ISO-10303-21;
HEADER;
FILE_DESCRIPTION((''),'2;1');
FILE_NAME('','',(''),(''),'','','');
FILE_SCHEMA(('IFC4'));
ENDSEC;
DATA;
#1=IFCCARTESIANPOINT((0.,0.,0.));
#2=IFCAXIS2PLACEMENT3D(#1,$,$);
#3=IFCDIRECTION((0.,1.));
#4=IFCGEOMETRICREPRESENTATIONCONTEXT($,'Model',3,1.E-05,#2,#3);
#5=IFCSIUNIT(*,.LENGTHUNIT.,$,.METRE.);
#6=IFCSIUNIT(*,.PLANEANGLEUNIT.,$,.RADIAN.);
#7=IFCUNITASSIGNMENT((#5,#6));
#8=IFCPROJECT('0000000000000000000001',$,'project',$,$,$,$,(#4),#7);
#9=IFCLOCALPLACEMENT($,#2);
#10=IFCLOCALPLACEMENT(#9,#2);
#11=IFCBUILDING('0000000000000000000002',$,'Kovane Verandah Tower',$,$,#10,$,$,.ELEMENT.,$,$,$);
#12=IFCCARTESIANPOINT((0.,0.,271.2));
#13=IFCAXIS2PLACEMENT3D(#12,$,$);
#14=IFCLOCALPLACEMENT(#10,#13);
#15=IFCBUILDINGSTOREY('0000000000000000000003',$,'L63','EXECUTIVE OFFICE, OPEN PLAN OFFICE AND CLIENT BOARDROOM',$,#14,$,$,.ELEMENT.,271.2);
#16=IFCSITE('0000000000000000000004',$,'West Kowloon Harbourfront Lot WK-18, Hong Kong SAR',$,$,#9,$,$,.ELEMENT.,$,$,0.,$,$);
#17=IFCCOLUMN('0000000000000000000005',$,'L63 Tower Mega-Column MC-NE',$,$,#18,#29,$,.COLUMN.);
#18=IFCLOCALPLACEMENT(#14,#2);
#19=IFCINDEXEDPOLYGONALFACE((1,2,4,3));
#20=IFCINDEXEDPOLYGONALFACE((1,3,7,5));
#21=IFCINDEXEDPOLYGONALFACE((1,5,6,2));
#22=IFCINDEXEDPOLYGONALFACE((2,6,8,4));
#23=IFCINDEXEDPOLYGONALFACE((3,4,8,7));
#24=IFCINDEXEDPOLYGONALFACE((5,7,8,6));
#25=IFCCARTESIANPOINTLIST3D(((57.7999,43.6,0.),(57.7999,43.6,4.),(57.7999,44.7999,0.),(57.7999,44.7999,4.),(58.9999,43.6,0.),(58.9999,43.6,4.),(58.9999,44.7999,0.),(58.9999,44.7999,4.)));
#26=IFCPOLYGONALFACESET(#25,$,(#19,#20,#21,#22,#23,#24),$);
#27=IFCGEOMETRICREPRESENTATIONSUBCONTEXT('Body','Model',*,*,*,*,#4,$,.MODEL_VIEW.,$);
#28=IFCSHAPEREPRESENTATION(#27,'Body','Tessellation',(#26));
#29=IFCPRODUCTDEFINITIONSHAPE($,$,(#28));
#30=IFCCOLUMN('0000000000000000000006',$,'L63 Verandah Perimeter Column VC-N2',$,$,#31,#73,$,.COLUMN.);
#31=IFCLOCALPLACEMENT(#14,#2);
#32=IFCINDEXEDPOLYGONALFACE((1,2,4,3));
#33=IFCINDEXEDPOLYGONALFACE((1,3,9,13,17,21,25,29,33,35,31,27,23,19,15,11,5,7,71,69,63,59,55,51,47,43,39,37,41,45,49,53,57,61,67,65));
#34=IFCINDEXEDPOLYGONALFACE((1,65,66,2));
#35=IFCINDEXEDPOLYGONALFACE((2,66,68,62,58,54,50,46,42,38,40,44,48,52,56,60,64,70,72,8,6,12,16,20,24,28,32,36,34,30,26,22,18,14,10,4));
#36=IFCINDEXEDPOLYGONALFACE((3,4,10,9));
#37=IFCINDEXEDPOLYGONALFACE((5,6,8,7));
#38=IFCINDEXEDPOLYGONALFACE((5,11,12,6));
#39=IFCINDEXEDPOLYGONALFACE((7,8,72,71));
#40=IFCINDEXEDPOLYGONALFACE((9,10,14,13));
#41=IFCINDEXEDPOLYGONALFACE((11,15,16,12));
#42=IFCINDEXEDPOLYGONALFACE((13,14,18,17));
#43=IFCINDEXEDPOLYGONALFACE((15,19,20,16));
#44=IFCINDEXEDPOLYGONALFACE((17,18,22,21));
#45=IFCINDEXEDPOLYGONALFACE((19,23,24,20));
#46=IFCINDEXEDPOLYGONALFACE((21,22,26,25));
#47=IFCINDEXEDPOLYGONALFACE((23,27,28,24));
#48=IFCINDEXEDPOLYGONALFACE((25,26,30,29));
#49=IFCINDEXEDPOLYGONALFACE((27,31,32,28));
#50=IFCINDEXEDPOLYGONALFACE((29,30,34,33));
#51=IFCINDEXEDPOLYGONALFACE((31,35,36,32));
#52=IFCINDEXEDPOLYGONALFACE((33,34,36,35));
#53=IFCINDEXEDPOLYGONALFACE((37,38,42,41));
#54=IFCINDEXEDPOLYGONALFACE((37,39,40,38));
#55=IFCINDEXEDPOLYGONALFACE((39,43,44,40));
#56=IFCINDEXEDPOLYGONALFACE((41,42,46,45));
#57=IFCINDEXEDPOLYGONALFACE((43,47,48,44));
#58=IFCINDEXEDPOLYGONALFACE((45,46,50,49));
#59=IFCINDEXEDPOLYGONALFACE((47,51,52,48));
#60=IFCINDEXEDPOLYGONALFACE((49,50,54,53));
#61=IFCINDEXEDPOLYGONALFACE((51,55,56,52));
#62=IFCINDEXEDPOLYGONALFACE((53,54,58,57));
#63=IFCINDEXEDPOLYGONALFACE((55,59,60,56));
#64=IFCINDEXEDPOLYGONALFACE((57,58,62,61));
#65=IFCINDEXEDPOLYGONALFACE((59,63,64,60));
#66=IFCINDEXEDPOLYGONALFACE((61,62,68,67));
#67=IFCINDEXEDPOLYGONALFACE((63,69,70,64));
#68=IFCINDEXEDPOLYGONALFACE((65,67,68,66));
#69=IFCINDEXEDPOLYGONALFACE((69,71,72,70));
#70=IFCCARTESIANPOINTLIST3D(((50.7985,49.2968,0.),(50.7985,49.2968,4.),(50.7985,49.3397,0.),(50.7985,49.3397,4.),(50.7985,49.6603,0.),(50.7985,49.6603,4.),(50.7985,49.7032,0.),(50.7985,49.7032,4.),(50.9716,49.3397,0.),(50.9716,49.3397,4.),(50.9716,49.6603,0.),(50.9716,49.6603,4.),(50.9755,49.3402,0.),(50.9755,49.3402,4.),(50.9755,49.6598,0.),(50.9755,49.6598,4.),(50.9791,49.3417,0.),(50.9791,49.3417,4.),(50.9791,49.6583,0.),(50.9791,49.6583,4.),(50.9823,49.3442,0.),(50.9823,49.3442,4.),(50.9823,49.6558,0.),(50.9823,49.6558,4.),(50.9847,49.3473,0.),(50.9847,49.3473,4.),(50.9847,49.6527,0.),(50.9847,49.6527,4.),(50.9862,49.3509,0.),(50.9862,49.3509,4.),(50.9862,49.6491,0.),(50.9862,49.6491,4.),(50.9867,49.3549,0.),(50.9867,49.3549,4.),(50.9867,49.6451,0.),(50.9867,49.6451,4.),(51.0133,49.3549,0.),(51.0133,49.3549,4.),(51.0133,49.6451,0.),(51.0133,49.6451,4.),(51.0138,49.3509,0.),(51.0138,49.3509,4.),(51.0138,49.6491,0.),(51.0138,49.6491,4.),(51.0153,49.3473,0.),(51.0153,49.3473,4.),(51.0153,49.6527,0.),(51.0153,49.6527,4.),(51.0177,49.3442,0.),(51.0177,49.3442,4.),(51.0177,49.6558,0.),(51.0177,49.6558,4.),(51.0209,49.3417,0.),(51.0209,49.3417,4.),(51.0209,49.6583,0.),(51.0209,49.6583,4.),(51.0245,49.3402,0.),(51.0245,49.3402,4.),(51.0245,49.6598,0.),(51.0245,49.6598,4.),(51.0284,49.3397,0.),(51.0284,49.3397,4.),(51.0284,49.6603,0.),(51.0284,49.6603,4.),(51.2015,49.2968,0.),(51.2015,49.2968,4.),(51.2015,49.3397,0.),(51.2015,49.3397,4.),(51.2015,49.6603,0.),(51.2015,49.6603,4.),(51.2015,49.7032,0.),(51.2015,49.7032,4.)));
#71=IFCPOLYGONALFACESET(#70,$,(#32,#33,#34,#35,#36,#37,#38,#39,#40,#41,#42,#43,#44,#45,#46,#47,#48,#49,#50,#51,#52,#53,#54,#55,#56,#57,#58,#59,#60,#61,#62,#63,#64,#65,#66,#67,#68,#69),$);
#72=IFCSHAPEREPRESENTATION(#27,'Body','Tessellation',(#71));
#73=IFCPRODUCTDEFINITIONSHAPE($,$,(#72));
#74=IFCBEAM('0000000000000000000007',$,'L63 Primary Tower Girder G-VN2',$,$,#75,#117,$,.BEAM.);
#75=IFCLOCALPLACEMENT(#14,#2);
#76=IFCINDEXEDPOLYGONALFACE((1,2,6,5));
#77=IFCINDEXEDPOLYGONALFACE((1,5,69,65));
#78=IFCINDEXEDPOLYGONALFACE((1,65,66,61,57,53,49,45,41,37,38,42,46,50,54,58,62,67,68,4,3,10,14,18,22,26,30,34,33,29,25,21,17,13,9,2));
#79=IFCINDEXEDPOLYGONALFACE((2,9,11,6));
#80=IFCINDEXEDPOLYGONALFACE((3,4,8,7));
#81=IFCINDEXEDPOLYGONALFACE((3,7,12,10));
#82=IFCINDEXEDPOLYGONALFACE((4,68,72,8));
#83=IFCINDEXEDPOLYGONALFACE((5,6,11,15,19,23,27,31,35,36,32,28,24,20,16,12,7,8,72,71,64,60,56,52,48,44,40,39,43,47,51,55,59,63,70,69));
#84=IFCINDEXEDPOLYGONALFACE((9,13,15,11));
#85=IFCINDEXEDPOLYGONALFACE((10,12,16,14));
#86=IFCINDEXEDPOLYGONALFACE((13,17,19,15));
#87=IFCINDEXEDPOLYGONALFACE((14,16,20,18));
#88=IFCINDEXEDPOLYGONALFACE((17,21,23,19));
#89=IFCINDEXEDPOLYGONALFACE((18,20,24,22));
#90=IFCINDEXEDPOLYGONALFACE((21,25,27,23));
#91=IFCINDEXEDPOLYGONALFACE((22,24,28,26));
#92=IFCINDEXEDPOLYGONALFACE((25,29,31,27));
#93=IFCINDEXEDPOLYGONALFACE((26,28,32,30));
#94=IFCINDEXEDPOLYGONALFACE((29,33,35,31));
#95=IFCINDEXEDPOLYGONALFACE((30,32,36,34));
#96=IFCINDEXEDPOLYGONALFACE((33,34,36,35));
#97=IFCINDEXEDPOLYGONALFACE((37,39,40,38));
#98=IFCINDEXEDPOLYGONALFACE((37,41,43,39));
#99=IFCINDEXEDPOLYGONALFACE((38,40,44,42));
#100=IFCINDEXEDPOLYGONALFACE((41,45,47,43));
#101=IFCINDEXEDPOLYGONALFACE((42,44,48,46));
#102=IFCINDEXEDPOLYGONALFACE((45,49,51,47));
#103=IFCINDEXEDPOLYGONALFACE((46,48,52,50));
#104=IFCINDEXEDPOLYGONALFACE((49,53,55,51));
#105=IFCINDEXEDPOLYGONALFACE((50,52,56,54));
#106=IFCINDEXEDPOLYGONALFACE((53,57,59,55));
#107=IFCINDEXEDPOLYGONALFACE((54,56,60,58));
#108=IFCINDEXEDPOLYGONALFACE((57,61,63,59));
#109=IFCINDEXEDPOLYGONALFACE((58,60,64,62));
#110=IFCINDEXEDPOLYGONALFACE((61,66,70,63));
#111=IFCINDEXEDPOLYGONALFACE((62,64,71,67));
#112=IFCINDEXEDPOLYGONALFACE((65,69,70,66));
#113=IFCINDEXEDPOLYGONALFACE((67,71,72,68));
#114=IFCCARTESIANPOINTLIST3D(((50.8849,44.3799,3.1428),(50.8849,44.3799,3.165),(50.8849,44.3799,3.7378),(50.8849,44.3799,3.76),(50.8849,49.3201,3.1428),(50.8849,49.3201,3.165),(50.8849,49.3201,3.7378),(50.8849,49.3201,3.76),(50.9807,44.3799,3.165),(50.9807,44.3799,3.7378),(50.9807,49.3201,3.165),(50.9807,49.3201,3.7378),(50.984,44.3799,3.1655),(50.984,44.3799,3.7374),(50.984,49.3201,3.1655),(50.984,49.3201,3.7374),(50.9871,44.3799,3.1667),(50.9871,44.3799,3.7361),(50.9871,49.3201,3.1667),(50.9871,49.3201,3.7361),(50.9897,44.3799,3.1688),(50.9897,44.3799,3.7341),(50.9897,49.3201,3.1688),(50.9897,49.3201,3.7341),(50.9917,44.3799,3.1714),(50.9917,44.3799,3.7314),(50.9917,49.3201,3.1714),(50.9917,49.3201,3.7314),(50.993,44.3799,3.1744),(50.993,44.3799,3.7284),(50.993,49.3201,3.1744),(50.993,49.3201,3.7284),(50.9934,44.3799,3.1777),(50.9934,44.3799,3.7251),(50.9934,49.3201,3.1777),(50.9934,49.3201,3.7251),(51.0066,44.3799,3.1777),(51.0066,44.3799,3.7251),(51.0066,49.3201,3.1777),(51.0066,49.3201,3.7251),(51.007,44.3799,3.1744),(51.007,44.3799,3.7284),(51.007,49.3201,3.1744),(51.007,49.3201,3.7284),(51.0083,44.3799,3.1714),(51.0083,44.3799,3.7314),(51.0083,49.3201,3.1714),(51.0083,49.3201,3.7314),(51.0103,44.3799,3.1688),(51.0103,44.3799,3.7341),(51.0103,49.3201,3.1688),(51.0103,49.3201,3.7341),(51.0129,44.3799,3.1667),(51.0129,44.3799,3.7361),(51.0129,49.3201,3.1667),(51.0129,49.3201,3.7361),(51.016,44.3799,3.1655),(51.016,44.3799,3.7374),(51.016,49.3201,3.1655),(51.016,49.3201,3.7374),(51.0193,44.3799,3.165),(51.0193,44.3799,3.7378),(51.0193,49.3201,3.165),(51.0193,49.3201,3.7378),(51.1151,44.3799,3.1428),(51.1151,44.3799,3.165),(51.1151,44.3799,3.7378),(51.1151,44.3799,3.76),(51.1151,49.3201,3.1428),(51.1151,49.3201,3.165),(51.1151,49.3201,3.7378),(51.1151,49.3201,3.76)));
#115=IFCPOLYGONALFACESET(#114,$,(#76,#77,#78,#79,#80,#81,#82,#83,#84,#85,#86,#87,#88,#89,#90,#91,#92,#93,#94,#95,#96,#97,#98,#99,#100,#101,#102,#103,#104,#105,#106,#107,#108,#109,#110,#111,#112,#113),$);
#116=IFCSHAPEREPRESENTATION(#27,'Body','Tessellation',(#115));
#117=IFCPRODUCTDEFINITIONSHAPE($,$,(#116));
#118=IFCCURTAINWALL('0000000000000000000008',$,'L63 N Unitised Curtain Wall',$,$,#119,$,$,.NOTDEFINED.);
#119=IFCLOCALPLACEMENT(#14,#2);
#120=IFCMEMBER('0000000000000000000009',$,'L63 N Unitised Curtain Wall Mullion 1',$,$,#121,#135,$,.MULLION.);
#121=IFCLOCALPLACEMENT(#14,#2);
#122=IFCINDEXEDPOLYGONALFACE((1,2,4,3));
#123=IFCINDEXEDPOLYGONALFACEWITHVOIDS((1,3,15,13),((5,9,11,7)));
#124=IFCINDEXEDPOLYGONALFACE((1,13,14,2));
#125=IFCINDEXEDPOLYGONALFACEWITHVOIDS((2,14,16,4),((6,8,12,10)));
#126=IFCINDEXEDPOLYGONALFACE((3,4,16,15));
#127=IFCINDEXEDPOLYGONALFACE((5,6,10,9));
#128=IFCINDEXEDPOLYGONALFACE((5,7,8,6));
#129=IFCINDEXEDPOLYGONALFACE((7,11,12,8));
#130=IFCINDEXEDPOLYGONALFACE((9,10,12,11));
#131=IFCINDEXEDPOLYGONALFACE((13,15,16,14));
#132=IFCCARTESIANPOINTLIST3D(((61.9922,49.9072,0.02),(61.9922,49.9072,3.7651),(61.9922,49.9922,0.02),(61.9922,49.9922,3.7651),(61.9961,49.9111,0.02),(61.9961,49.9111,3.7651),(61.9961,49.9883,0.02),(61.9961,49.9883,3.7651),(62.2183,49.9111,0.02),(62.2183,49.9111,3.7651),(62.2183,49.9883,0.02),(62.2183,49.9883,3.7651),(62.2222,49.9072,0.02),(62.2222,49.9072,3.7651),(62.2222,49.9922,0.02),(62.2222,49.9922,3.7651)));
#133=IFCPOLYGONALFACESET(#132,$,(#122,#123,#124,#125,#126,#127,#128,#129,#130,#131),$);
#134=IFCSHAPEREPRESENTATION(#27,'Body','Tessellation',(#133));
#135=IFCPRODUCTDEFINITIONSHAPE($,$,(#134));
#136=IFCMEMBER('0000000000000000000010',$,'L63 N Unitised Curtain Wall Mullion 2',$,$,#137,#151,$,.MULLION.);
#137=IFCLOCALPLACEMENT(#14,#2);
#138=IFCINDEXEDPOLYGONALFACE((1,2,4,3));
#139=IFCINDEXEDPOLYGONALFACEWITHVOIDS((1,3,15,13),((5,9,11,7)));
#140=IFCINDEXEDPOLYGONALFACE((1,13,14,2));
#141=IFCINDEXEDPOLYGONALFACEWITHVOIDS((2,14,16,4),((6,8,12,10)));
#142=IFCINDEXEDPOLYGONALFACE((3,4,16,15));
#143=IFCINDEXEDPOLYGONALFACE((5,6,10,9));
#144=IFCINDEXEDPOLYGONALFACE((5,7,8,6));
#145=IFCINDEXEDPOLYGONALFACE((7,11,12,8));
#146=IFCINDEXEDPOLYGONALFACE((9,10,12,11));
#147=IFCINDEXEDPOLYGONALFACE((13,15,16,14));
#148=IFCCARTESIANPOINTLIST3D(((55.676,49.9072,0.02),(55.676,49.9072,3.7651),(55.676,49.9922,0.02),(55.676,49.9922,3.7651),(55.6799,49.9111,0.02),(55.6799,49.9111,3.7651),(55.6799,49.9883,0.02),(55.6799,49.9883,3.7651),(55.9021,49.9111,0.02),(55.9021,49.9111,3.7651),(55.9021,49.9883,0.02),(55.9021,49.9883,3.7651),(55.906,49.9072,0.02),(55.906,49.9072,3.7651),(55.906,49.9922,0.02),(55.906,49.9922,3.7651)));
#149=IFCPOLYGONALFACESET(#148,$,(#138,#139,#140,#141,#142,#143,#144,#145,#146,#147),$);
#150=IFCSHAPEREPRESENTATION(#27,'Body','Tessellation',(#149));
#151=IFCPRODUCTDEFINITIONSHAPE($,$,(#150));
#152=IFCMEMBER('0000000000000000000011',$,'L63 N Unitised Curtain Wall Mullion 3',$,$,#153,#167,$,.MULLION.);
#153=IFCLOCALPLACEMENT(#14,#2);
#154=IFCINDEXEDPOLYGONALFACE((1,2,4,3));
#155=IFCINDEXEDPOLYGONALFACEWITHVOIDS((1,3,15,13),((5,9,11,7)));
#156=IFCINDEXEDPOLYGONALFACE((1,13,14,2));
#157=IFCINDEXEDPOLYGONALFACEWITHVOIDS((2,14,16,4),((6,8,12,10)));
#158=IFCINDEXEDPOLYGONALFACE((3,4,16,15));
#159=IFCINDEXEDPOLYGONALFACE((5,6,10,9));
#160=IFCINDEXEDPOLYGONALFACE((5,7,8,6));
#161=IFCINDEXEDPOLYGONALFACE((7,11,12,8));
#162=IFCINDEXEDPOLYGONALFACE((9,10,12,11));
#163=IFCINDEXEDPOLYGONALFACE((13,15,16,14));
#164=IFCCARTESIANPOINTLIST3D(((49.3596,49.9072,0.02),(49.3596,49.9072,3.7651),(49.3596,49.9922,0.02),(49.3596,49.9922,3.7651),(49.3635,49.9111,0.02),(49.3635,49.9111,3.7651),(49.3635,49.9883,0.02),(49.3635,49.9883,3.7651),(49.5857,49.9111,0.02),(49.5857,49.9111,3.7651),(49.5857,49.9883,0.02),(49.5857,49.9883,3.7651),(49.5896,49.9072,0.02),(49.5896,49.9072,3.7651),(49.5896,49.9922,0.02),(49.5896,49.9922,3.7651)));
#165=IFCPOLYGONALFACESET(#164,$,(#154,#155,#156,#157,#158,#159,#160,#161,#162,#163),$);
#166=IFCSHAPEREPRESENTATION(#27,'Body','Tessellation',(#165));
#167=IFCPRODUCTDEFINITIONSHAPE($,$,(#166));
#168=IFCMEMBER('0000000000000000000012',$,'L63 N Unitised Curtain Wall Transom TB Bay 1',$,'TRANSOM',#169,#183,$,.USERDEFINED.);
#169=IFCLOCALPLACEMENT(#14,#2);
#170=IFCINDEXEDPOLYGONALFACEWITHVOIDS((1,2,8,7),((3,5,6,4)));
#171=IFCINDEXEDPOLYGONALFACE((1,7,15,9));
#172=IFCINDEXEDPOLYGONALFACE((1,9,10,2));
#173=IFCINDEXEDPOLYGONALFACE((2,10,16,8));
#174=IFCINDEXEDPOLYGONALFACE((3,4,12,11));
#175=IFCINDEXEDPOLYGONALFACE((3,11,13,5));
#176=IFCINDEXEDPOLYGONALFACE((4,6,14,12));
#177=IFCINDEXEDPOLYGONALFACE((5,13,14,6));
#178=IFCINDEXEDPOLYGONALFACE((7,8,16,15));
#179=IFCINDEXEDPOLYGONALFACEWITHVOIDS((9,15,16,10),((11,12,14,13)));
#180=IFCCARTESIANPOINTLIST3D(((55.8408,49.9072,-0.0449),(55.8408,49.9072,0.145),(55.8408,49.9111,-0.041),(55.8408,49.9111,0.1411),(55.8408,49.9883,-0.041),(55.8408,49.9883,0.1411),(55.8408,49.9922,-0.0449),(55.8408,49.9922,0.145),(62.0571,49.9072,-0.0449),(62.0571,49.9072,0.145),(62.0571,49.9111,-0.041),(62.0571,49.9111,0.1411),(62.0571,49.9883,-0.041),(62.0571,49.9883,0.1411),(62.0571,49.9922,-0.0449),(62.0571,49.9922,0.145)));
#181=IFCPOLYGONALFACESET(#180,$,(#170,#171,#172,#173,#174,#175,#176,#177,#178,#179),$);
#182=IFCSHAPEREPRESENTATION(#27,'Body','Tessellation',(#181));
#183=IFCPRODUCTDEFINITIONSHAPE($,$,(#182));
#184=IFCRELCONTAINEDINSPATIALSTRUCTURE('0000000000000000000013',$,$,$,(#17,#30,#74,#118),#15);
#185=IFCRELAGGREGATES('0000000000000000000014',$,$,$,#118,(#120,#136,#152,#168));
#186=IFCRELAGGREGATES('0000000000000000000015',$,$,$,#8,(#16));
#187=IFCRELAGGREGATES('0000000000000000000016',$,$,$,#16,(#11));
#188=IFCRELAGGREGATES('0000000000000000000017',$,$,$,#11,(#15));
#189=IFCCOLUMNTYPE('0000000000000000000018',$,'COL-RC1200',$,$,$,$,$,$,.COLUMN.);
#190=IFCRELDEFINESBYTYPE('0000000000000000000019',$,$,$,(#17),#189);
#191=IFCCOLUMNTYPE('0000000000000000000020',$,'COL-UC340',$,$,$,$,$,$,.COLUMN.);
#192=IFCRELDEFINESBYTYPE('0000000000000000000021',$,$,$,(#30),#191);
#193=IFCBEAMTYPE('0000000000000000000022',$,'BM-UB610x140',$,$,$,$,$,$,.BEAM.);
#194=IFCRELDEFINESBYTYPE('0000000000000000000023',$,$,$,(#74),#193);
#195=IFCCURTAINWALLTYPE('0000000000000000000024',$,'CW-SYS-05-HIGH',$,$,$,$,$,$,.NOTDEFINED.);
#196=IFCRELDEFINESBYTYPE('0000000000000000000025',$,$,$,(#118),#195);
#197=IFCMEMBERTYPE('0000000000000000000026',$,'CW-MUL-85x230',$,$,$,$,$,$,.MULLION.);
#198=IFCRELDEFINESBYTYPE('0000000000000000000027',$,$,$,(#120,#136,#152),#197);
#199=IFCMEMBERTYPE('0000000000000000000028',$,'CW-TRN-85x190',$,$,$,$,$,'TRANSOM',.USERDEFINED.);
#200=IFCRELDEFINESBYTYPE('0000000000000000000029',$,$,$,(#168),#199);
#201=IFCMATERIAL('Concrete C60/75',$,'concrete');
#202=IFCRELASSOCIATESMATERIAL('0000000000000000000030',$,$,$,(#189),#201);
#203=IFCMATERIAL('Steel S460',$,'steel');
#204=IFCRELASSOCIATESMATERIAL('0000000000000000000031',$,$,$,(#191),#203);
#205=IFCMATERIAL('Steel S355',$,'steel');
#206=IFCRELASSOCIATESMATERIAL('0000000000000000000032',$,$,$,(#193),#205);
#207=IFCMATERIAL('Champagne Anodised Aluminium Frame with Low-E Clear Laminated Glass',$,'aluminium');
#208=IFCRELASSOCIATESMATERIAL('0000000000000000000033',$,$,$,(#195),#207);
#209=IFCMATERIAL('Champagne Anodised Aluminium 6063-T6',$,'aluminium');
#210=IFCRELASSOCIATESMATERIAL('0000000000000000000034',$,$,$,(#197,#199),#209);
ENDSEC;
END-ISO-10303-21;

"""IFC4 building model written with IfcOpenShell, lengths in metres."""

from ifc_helpers import new_model, si_unit, direction, frame, origin, origin_2d, place, context, subcontext, project, spatial, rectangle, hollow_rectangle, i_section, extrude, material, material_profile, profile_set, type_object, element, aggregate, save


model = new_model("IFC4")

# Units and contexts
model_context = context("Model", 3, precision=1e-05, world=origin(), true_north=direction((0.0, 1.0)))
body_context = subcontext(model_context, "Body", "Model", "MODEL_VIEW")
ifc_project = project(units=[si_unit("LENGTHUNIT", "METRE"), si_unit("PLANEANGLEUNIT", "RADIAN")], contexts=[model_context])

# Site, building, storey
site_placement = place(None, origin())
site = spatial("IfcSite", under=ifc_project, at=site_placement, Name="West Kowloon Harbourfront Lot WK-18, Hong Kong SAR", CompositionType="ELEMENT", RefElevation=0.0)
building_placement = place(site_placement, origin())
building = spatial("IfcBuilding", under=site, at=building_placement, Name="Kovane Verandah Tower", CompositionType="ELEMENT")
storey_placement = place(building_placement, frame((0.0, 0.0, 271.2)))
storey = spatial("IfcBuildingStorey", under=building, at=storey_placement, Name="L63", Description="EXECUTIVE OFFICE, OPEN PLAN OFFICE AND CLIENT BOARDROOM", CompositionType="ELEMENT", Elevation=271.2)

# Columns
ifc_material_1 = material(Name="Concrete C60/75", Category="concrete")
ifc_material_profile_1 = material_profile(ifc_material_1, rectangle(XDim=1.2, YDim=1.2, at=origin_2d()), Name="RC1200x1200")
ifc_profile_set_1 = profile_set([ifc_material_profile_1], Name="Concrete C60/75")
column_type_1 = type_object("IfcColumnType", Name="COL-RC1200", PredefinedType="COLUMN", material=ifc_profile_set_1)
column_1_placement = place(storey_placement, frame((58.3999, 44.2, 0.0), z_axis=(0.0, 0.0, 1.0), x_axis=(1.0, 0.0, 0.0)))
element("IfcColumn", 1, at=column_1_placement, inside=storey, type_object=column_type_1, Name="L63 Tower Mega-Column MC-NE", PredefinedType="COLUMN", context=body_context, shape_type="SweptSolid", body=[
    extrude(rectangle(XDim=1.2, YDim=1.2, at=origin_2d()), origin(), (0.0, 0.0, 1.0), 4.0),
])
ifc_material_2 = material(Name="Steel S460", Category="steel")
ifc_material_profile_2 = material_profile(ifc_material_2, i_section(OverallWidth=0.4031, OverallDepth=0.4065, WebThickness=0.0266, FlangeThickness=0.043, FilletRadius=0.0151, at=origin_2d()), Name="UC356x406x340")
ifc_profile_set_2 = profile_set([ifc_material_profile_2], Name="Steel S460")
column_type_2 = type_object("IfcColumnType", Name="COL-UC340", PredefinedType="COLUMN", material=ifc_profile_set_2)
column_2_placement = place(storey_placement, frame((51.0, 49.5, 0.0), z_axis=(0.0, 0.0, 1.0), x_axis=(1.0, 0.0, 0.0)))
element("IfcColumn", 2, at=column_2_placement, inside=storey, type_object=column_type_2, Name="L63 Verandah Perimeter Column VC-N2", PredefinedType="COLUMN", context=body_context, shape_type="SweptSolid", body=[
    extrude(i_section(OverallWidth=0.4031, OverallDepth=0.4065, WebThickness=0.0266, FlangeThickness=0.043, FilletRadius=0.0151, at=origin_2d()), origin(), (0.0, 0.0, 1.0), 4.0),
])

# Beam
ifc_material_3 = material(Name="Steel S355", Category="steel")
ifc_material_profile_3 = material_profile(ifc_material_3, i_section(OverallWidth=0.2302, OverallDepth=0.6172, WebThickness=0.0132, FlangeThickness=0.0222, FilletRadius=0.0127, at=origin_2d()), Name="UB610x229x140")
ifc_profile_set_3 = profile_set([ifc_material_profile_3], Name="Steel S355")
beam_type = type_object("IfcBeamType", Name="BM-UB610x140", PredefinedType="BEAM", material=ifc_profile_set_3)
beam_placement = place(storey_placement, frame((51.0, 44.3799, 3.4514), z_axis=(0.0, 1.0, 0.0), x_axis=(-1.0, 0.0, 0.0)))
element("IfcBeam", 3, at=beam_placement, inside=storey, type_object=beam_type, Name="L63 Primary Tower Girder G-VN2", PredefinedType="BEAM", context=body_context, shape_type="SweptSolid", body=[
    extrude(i_section(OverallWidth=0.2302, OverallDepth=0.6172, WebThickness=0.0132, FlangeThickness=0.0222, FilletRadius=0.0127, at=origin_2d()), origin(), (0.0, 0.0, 1.0), 4.9402),
])

# Curtain wall, members
ifc_material_4 = material(Name="Champagne Anodised Aluminium Frame with Low-E Clear Laminated Glass", Category="aluminium")
curtain_wall_type = type_object("IfcCurtainWallType", Name="CW-SYS-05-HIGH", PredefinedType="NOTDEFINED", material=ifc_material_4)
curtain_wall_placement = place(storey_placement, origin())
curtain_wall = element("IfcCurtainWall", 4, at=curtain_wall_placement, inside=storey, type_object=curtain_wall_type, Name="L63 N Unitised Curtain Wall", PredefinedType="NOTDEFINED")
ifc_material_5 = material(Name="Champagne Anodised Aluminium 6063-T6", Category="aluminium")
ifc_material_profile_4 = material_profile(ifc_material_5, hollow_rectangle(XDim=0.085, YDim=0.23, WallThickness=0.0039, at=origin_2d()), Name="AL85x230x4")
ifc_profile_set_4 = profile_set([ifc_material_profile_4], Name="Champagne Anodised Aluminium 6063-T6")
member_type_1 = type_object("IfcMemberType", Name="CW-MUL-85x230", PredefinedType="MULLION", material=ifc_profile_set_4)
member_1_placement = place(storey_placement, frame((62.1072, 49.9497, 0.02), z_axis=(0.0, 0.0, 1.0), x_axis=(0.0, 1.0, 0.0)))
member_1 = element("IfcMember", 5, at=member_1_placement, type_object=member_type_1, Name="L63 N Unitised Curtain Wall Mullion 1", PredefinedType="MULLION", context=body_context, shape_type="SweptSolid", body=[
    extrude(hollow_rectangle(XDim=0.085, YDim=0.23, WallThickness=0.0039, at=origin_2d()), origin(), (0.0, 0.0, 1.0), 3.7451),
])
member_2_placement = place(storey_placement, frame((55.791, 49.9497, 0.02), z_axis=(0.0, 0.0, 1.0), x_axis=(0.0, 1.0, 0.0)))
member_2 = element("IfcMember", 6, at=member_2_placement, type_object=member_type_1, Name="L63 N Unitised Curtain Wall Mullion 2", PredefinedType="MULLION", context=body_context, shape_type="SweptSolid", body=[
    extrude(hollow_rectangle(XDim=0.085, YDim=0.23, WallThickness=0.0039, at=origin_2d()), origin(), (0.0, 0.0, 1.0), 3.7451),
])
member_3_placement = place(storey_placement, frame((49.4746, 49.9497, 0.02), z_axis=(0.0, 0.0, 1.0), x_axis=(0.0, 1.0, 0.0)))
member_3 = element("IfcMember", 7, at=member_3_placement, type_object=member_type_1, Name="L63 N Unitised Curtain Wall Mullion 3", PredefinedType="MULLION", context=body_context, shape_type="SweptSolid", body=[
    extrude(hollow_rectangle(XDim=0.085, YDim=0.23, WallThickness=0.0039, at=origin_2d()), origin(), (0.0, 0.0, 1.0), 3.7451),
])
ifc_material_profile_5 = material_profile(ifc_material_5, hollow_rectangle(XDim=0.085, YDim=0.1899, WallThickness=0.0039, at=origin_2d()), Name="AL85x190x4")
ifc_profile_set_5 = profile_set([ifc_material_profile_5], Name="Champagne Anodised Aluminium 6063-T6")
member_type_2 = type_object("IfcMemberType", Name="CW-TRN-85x190", ElementType="TRANSOM", PredefinedType="USERDEFINED", material=ifc_profile_set_5)
member_4_placement = place(storey_placement, frame((62.0571, 49.9497, 0.05), z_axis=(-1.0, 0.0, 0.0), x_axis=(0.0, -1.0, 0.0)))
member_4 = element("IfcMember", 8, at=member_4_placement, type_object=member_type_2, Name="L63 N Unitised Curtain Wall Transom TB Bay 1", ObjectType="TRANSOM", PredefinedType="USERDEFINED", context=body_context, shape_type="SweptSolid", body=[
    extrude(hollow_rectangle(XDim=0.085, YDim=0.1899, WallThickness=0.0039, at=origin_2d()), origin(), (0.0, 0.0, 1.0), 6.2163),
])
aggregate(curtain_wall, [member_1, member_2, member_3, member_4])

save(model, "model.ifc")
